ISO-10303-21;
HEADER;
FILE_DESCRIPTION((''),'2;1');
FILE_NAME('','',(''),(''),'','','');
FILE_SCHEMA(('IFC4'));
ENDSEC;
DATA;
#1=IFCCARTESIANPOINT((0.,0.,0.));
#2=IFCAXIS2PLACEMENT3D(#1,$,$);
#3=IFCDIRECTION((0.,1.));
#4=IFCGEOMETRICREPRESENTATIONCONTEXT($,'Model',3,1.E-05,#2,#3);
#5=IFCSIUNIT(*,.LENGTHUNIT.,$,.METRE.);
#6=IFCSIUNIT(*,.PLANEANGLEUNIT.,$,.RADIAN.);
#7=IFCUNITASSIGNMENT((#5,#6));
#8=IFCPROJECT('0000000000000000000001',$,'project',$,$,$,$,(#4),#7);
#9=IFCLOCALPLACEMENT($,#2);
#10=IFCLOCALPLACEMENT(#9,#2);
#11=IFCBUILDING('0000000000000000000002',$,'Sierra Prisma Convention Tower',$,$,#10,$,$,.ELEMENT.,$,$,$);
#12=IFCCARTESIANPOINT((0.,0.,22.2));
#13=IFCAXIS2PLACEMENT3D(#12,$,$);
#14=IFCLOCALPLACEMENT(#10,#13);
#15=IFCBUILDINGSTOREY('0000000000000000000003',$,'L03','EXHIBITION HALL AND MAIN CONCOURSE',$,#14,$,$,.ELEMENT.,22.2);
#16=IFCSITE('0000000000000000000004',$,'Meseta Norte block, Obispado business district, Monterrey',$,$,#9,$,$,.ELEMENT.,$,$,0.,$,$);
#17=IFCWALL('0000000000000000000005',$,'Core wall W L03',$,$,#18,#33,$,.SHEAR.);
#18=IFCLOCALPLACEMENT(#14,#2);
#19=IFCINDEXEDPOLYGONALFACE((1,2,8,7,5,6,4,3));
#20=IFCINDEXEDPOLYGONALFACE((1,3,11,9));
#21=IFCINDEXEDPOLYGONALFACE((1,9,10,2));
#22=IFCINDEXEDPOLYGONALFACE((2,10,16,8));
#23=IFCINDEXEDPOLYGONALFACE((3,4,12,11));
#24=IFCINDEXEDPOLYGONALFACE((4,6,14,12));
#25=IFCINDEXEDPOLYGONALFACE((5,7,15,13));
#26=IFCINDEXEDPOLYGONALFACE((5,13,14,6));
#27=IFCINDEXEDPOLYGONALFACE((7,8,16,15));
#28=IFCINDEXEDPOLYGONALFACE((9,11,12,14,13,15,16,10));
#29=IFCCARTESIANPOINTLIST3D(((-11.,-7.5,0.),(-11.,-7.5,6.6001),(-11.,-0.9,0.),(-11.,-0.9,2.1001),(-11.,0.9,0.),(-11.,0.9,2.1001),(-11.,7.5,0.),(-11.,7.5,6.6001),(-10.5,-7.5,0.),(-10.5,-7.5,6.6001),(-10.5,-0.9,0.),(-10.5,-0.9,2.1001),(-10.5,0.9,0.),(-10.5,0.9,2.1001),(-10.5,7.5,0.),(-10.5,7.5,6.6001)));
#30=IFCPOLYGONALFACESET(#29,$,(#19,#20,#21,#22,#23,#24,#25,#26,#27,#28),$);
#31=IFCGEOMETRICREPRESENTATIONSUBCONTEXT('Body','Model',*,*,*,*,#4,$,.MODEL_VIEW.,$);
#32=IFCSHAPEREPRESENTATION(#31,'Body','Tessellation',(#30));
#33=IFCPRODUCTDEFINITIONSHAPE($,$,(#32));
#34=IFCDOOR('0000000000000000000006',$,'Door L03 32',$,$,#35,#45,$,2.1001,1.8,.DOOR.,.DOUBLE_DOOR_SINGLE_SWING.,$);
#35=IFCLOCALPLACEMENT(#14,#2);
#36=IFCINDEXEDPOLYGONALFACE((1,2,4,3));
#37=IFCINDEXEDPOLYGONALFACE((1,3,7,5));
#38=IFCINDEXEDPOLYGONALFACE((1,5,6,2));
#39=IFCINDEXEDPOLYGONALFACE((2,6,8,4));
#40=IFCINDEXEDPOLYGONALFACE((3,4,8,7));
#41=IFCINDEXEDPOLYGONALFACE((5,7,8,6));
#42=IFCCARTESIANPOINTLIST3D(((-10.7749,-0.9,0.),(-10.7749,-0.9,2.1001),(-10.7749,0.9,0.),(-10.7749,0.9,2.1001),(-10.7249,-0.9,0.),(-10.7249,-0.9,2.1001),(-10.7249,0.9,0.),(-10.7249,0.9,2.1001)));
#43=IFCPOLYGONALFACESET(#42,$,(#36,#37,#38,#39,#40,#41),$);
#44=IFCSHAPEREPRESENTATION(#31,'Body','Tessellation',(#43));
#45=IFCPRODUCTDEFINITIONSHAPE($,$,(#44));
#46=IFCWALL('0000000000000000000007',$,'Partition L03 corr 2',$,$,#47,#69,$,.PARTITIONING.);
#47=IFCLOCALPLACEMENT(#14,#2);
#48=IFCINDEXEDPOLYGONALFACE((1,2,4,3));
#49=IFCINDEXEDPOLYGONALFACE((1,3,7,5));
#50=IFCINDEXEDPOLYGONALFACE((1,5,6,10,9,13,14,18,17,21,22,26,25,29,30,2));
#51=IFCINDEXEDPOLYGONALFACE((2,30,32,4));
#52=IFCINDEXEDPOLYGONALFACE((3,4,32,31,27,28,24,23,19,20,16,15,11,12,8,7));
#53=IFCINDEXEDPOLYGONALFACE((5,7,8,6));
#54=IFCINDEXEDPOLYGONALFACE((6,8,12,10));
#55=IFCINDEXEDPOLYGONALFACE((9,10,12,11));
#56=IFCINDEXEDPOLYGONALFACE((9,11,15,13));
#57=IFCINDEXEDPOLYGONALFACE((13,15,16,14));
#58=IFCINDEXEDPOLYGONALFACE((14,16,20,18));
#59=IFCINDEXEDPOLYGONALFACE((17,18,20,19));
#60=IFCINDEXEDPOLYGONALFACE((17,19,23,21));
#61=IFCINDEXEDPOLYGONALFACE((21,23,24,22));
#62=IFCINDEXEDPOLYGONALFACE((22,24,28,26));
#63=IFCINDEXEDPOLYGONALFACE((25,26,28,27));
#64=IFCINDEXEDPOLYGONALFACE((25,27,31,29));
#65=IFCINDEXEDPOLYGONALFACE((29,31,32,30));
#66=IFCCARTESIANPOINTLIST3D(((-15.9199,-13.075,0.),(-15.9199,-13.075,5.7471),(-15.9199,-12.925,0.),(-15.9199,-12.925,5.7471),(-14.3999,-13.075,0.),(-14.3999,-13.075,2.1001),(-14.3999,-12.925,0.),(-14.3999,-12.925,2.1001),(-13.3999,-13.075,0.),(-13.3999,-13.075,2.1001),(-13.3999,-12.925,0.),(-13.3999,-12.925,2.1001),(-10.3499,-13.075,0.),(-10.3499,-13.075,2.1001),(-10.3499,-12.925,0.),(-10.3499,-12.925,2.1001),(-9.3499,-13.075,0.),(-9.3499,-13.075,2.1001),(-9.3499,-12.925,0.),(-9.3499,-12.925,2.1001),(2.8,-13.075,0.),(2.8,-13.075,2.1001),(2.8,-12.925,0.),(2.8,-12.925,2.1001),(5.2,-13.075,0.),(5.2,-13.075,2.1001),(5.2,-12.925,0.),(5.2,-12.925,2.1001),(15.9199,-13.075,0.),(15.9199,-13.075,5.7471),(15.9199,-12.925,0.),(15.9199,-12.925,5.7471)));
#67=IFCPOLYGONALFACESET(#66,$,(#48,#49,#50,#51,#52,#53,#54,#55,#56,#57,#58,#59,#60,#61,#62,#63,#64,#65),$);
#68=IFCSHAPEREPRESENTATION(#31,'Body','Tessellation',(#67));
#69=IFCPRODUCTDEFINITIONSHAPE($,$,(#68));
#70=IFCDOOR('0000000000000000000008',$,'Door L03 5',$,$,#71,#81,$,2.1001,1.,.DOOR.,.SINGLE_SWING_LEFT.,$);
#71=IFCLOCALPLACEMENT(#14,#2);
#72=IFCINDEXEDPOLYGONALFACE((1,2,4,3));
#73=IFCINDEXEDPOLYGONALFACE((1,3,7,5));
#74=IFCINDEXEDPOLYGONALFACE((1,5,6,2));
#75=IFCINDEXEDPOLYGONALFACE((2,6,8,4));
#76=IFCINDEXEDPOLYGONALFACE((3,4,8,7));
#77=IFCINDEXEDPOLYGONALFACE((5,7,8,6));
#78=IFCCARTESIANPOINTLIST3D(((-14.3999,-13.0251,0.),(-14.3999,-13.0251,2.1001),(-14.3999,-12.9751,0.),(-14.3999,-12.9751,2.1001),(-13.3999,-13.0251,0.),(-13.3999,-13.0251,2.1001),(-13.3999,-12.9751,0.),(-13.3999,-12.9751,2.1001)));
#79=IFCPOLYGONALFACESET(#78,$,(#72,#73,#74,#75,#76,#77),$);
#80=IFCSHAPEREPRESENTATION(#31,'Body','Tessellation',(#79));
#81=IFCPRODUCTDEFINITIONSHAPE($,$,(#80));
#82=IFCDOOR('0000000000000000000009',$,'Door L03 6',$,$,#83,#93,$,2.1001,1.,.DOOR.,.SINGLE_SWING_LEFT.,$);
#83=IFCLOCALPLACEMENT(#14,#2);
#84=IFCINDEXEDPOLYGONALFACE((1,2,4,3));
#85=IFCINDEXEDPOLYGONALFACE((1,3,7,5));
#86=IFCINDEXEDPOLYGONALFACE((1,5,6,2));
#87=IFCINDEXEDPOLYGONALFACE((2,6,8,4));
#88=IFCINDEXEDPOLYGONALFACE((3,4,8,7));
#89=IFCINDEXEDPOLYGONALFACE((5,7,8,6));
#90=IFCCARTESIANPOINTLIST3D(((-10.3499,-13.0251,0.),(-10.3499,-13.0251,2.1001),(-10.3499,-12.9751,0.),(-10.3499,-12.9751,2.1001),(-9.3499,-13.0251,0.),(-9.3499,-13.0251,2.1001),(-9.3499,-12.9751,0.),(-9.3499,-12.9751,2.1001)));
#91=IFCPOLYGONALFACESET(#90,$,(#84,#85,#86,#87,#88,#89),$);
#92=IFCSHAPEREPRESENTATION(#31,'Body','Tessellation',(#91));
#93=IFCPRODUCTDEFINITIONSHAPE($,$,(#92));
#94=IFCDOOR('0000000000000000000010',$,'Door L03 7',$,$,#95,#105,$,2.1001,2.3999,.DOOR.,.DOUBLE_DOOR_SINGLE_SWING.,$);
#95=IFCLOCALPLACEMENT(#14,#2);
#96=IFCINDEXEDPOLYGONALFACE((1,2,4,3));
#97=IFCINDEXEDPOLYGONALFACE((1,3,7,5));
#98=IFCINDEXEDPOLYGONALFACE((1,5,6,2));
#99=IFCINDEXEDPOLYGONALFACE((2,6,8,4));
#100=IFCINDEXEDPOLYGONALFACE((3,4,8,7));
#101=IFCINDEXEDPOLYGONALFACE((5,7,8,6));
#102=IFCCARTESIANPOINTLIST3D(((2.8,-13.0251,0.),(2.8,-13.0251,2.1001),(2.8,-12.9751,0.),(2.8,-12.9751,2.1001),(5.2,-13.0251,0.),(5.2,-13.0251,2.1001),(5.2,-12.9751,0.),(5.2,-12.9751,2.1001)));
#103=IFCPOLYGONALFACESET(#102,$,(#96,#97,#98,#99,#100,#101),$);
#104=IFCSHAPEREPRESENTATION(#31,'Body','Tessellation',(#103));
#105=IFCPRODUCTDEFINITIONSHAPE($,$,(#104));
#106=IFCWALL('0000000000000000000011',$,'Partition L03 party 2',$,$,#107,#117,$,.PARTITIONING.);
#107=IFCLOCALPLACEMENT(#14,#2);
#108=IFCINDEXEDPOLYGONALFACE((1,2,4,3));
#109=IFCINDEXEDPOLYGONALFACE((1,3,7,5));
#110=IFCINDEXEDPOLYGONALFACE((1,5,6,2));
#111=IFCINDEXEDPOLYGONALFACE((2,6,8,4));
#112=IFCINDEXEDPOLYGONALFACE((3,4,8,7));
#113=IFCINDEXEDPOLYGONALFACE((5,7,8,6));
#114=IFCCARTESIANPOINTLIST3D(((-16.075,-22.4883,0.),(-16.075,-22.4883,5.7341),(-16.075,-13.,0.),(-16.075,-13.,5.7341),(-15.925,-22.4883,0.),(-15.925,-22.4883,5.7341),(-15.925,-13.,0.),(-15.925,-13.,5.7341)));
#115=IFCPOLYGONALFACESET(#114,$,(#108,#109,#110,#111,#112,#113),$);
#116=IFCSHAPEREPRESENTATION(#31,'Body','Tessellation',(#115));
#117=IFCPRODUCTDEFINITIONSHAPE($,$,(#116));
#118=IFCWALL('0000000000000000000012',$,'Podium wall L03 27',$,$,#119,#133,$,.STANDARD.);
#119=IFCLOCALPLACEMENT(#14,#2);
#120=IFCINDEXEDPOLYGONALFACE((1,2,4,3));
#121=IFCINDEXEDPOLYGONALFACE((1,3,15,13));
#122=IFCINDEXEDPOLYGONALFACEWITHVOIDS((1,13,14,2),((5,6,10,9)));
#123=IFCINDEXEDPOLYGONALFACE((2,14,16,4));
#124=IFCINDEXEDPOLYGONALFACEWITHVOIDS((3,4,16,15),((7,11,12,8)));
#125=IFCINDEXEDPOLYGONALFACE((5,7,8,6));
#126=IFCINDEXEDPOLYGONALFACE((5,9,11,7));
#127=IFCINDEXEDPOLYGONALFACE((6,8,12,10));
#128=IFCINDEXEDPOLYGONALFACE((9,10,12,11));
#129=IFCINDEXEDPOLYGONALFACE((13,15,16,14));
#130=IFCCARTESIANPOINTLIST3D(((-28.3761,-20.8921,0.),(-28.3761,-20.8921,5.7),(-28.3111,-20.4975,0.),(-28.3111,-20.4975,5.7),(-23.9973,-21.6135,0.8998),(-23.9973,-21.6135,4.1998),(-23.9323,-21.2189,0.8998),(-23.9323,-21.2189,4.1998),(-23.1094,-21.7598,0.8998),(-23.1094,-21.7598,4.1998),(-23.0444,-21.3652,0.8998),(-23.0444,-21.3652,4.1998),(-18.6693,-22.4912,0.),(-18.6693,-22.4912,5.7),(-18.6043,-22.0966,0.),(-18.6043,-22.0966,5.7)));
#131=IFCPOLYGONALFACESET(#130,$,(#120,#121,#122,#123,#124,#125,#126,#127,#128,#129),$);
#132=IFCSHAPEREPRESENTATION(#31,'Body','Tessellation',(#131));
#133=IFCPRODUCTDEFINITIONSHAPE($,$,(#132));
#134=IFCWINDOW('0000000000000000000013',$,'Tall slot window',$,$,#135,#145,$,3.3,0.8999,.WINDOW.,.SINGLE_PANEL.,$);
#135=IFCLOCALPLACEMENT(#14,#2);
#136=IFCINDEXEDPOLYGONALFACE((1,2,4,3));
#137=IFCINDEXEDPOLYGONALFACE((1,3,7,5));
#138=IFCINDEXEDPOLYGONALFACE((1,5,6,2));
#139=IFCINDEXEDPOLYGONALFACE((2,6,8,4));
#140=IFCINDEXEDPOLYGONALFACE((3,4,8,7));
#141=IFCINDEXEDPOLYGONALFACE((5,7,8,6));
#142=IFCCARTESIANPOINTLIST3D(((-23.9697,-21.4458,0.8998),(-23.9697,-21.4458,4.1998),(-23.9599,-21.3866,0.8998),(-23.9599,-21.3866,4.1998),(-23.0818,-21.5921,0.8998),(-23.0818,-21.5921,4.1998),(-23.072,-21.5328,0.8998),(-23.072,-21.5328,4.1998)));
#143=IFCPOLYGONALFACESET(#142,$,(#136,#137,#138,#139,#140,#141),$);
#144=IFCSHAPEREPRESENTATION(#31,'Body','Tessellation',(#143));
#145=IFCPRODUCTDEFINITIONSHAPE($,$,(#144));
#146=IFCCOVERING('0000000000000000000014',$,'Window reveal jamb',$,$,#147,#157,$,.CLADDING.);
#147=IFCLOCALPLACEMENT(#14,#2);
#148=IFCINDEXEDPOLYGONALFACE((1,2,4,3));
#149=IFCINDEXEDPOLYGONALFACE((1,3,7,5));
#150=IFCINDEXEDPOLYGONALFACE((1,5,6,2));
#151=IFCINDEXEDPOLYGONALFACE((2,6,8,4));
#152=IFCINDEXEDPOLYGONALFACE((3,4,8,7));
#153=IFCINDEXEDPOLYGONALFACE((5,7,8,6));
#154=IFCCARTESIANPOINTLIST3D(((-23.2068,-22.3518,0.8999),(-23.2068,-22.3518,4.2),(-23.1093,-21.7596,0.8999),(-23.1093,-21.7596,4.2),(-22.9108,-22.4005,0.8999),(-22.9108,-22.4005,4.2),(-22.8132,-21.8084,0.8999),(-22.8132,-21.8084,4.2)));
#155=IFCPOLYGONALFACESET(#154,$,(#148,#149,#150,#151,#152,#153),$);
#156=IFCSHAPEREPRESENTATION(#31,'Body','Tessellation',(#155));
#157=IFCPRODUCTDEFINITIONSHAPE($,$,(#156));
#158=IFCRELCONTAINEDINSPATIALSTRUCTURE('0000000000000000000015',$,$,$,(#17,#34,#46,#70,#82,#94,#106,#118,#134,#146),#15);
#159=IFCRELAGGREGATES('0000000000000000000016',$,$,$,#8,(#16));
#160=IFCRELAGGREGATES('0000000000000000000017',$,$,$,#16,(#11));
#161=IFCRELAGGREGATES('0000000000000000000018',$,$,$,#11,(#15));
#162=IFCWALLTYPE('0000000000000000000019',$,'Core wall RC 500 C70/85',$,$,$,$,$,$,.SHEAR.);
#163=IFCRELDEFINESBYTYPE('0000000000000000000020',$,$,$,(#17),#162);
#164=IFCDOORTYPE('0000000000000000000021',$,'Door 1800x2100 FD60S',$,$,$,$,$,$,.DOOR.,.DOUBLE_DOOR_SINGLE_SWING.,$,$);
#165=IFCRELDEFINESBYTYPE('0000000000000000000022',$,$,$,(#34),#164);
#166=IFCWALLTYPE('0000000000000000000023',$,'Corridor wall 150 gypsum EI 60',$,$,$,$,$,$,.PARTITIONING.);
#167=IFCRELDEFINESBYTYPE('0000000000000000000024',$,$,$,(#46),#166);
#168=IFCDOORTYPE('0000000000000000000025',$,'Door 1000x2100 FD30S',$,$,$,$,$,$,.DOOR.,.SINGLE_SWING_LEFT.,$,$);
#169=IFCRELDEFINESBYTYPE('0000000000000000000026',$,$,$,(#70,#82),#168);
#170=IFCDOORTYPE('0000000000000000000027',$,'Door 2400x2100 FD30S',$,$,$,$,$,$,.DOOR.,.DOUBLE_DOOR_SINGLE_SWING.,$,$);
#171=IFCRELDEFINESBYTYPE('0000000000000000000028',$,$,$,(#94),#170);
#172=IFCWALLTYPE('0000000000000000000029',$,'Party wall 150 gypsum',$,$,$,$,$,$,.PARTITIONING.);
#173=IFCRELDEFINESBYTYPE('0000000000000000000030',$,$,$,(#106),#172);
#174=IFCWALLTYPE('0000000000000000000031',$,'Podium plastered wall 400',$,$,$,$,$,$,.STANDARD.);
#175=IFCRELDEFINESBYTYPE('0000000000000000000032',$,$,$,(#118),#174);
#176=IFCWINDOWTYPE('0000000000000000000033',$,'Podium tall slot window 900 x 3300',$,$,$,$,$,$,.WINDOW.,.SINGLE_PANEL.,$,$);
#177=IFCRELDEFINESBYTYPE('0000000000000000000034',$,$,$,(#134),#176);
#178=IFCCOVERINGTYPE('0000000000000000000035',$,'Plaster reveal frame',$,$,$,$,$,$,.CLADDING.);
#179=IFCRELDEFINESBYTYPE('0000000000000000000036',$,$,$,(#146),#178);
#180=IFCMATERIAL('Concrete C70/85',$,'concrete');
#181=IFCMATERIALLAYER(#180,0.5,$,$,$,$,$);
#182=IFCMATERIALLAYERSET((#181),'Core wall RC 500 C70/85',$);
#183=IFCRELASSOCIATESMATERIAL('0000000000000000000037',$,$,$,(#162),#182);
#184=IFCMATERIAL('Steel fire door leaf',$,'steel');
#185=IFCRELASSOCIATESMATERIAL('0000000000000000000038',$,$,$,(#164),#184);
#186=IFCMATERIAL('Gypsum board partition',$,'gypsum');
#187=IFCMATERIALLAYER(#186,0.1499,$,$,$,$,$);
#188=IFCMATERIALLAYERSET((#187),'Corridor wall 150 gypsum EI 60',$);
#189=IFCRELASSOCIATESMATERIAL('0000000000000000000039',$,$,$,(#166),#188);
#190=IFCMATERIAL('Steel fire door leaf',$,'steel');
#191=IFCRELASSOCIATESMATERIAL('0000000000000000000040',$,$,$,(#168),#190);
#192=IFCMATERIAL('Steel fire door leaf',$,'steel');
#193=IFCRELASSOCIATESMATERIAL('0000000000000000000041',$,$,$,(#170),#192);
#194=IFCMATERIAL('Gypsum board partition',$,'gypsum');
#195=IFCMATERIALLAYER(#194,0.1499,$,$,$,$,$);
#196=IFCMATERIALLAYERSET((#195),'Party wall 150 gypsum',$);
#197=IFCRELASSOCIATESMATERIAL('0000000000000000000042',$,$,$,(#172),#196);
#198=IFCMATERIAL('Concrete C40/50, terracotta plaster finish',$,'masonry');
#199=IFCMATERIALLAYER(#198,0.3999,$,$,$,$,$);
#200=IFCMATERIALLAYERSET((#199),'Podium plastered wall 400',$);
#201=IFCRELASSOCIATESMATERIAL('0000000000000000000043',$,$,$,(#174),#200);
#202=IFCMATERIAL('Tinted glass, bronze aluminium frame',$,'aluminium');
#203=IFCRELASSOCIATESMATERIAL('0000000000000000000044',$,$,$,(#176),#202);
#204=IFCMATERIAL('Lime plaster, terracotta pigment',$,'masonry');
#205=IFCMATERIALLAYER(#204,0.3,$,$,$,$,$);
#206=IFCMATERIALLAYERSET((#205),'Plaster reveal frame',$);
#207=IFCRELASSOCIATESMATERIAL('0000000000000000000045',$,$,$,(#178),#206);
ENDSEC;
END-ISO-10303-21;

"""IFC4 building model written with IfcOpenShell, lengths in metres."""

from ifc_helpers import new_model, si_unit, direction, frame, frame_2d, origin, origin_2d, place, context, subcontext, project, spatial, rectangle, extrude, material, layer, layer_set, type_object, element, fill, save


model = new_model("IFC4")

# Units and contexts
model_context = context("Model", 3, precision=1e-05, world=origin(), true_north=direction((0.0, 1.0)))
body_context = subcontext(model_context, "Body", "Model", "MODEL_VIEW")
ifc_project = project(units=[si_unit("LENGTHUNIT", "METRE"), si_unit("PLANEANGLEUNIT", "RADIAN")], contexts=[model_context])

# Site, building, storey
site_placement = place(None, origin())
site = spatial("IfcSite", under=ifc_project, at=site_placement, Name="Meseta Norte block, Obispado business district, Monterrey", CompositionType="ELEMENT", RefElevation=0.0)
building_placement = place(site_placement, origin())
building = spatial("IfcBuilding", under=site, at=building_placement, Name="Sierra Prisma Convention Tower", CompositionType="ELEMENT")
storey_placement = place(building_placement, frame((0.0, 0.0, 22.2)))
storey = spatial("IfcBuildingStorey", under=building, at=storey_placement, Name="L03", Description="EXHIBITION HALL AND MAIN CONCOURSE", CompositionType="ELEMENT", Elevation=22.2)

# Wall, opening, door
ifc_material_1 = material(Name="Concrete C70/85", Category="concrete")
ifc_layer_1 = layer(ifc_material_1, 0.5)
ifc_layer_set_1 = layer_set([ifc_layer_1], Name="Core wall RC 500 C70/85")
wall_type_1 = type_object("IfcWallType", Name="Core wall RC 500 C70/85", PredefinedType="SHEAR", material=ifc_layer_set_1)
wall_1_placement = place(storey_placement, frame((-10.75, -7.5, 0.0), z_axis=(0.0, 0.0, 1.0), x_axis=(0.0, 1.0, 0.0)))
wall_1 = element("IfcWall", 1, at=wall_1_placement, inside=storey, type_object=wall_type_1, Name="Core wall W L03", PredefinedType="SHEAR", context=body_context, shape_type="SweptSolid", body=[
    extrude(rectangle(XDim=15.0, YDim=0.5, at=frame_2d((7.5, 0.0))), origin(), (0.0, 0.0, 1.0), 6.6001),
])
opening_1_placement = place(wall_1_placement, frame((6.6001, 0.0, 0.0)))
opening_1 = element("IfcOpeningElement", 2, at=opening_1_placement, cuts=wall_1, PredefinedType="OPENING", context=body_context, shape_type="SweptSolid", body=[
    extrude(rectangle(XDim=1.8, YDim=2.1001, at=frame_2d((0.8999, 1.05))), frame((0.0, 0.25, 0.0), z_axis=(0.0, -1.0, 0.0), x_axis=(1.0, 0.0, 0.0)), (0.0, 0.0, 1.0), 0.5),
])
ifc_material_2 = material(Name="Steel fire door leaf", Category="steel")
door_type_1 = type_object("IfcDoorType", Name="Door 1800x2100 FD60S", OperationType="DOUBLE_DOOR_SINGLE_SWING", PredefinedType="DOOR", material=ifc_material_2)
door_1_placement = place(opening_1_placement, origin())
door_1 = element("IfcDoor", 3, at=door_1_placement, inside=storey, type_object=door_type_1, Name="Door L03 32", OperationType="DOUBLE_DOOR_SINGLE_SWING", OverallHeight=2.1001, OverallWidth=1.8, PredefinedType="DOOR", context=body_context, shape_type="SweptSolid", body=[
    extrude(rectangle(XDim=1.8, YDim=2.1001, at=frame_2d((0.8999, 1.05))), frame((0.0, 0.0249, 0.0), z_axis=(0.0, -1.0, 0.0), x_axis=(1.0, 0.0, 0.0)), (0.0, 0.0, 1.0), 0.05),
])
fill(opening_1, door_1)

# Wall, openings, doors
ifc_material_3 = material(Name="Gypsum board partition", Category="gypsum")
ifc_layer_2 = layer(ifc_material_3, 0.1499)
ifc_layer_set_2 = layer_set([ifc_layer_2], Name="Corridor wall 150 gypsum EI 60")
wall_type_2 = type_object("IfcWallType", Name="Corridor wall 150 gypsum EI 60", PredefinedType="PARTITIONING", material=ifc_layer_set_2)
wall_2_placement = place(storey_placement, frame((-15.9199, -13.0, 0.0), z_axis=(0.0, 0.0, 1.0), x_axis=(1.0, 0.0, 0.0)))
wall_2 = element("IfcWall", 4, at=wall_2_placement, inside=storey, type_object=wall_type_2, Name="Partition L03 corr 2", PredefinedType="PARTITIONING", context=body_context, shape_type="SweptSolid", body=[
    extrude(rectangle(XDim=31.8398, YDim=0.1499, at=frame_2d((15.9199, 0.0))), origin(), (0.0, 0.0, 1.0), 5.7471),
])
opening_2_placement = place(wall_2_placement, frame((1.52, 0.0, 0.0)))
opening_2 = element("IfcOpeningElement", 5, at=opening_2_placement, cuts=wall_2, PredefinedType="OPENING", context=body_context, shape_type="SweptSolid", body=[
    extrude(rectangle(XDim=1.0, YDim=2.1001, at=frame_2d((0.5, 1.05))), frame((0.0, 0.075, 0.0), z_axis=(0.0, -1.0, 0.0), x_axis=(1.0, 0.0, 0.0)), (0.0, 0.0, 1.0), 0.1499),
])
opening_3_placement = place(wall_2_placement, frame((5.5701, 0.0, 0.0)))
opening_3 = element("IfcOpeningElement", 6, at=opening_3_placement, cuts=wall_2, PredefinedType="OPENING", context=body_context, shape_type="SweptSolid", body=[
    extrude(rectangle(XDim=1.0, YDim=2.1001, at=frame_2d((0.5, 1.05))), frame((0.0, 0.075, 0.0), z_axis=(0.0, -1.0, 0.0), x_axis=(1.0, 0.0, 0.0)), (0.0, 0.0, 1.0), 0.1499),
])
opening_4_placement = place(wall_2_placement, frame((18.72, 0.0, 0.0)))
opening_4 = element("IfcOpeningElement", 7, at=opening_4_placement, cuts=wall_2, PredefinedType="OPENING", context=body_context, shape_type="SweptSolid", body=[
    extrude(rectangle(XDim=2.3999, YDim=2.1001, at=frame_2d((1.2, 1.05))), frame((0.0, 0.075, 0.0), z_axis=(0.0, -1.0, 0.0), x_axis=(1.0, 0.0, 0.0)), (0.0, 0.0, 1.0), 0.1499),
])
ifc_material_4 = material(Name="Steel fire door leaf", Category="steel")
door_type_2 = type_object("IfcDoorType", Name="Door 1000x2100 FD30S", OperationType="SINGLE_SWING_LEFT", PredefinedType="DOOR", material=ifc_material_4)
door_2_placement = place(opening_2_placement, origin())
door_2 = element("IfcDoor", 8, at=door_2_placement, inside=storey, type_object=door_type_2, Name="Door L03 5", OperationType="SINGLE_SWING_LEFT", OverallHeight=2.1001, OverallWidth=1.0, PredefinedType="DOOR", context=body_context, shape_type="SweptSolid", body=[
    extrude(rectangle(XDim=1.0, YDim=2.1001, at=frame_2d((0.5, 1.05))), frame((0.0, 0.0249, 0.0), z_axis=(0.0, -1.0, 0.0), x_axis=(1.0, 0.0, 0.0)), (0.0, 0.0, 1.0), 0.05),
])
fill(opening_2, door_2)
door_3_placement = place(opening_3_placement, origin())
door_3 = element("IfcDoor", 9, at=door_3_placement, inside=storey, type_object=door_type_2, Name="Door L03 6", OperationType="SINGLE_SWING_LEFT", OverallHeight=2.1001, OverallWidth=1.0, PredefinedType="DOOR", context=body_context, shape_type="SweptSolid", body=[
    extrude(rectangle(XDim=1.0, YDim=2.1001, at=frame_2d((0.5, 1.05))), frame((0.0, 0.0249, 0.0), z_axis=(0.0, -1.0, 0.0), x_axis=(1.0, 0.0, 0.0)), (0.0, 0.0, 1.0), 0.05),
])
fill(opening_3, door_3)
ifc_material_5 = material(Name="Steel fire door leaf", Category="steel")
door_type_3 = type_object("IfcDoorType", Name="Door 2400x2100 FD30S", OperationType="DOUBLE_DOOR_SINGLE_SWING", PredefinedType="DOOR", material=ifc_material_5)
door_4_placement = place(opening_4_placement, origin())
door_4 = element("IfcDoor", 10, at=door_4_placement, inside=storey, type_object=door_type_3, Name="Door L03 7", OperationType="DOUBLE_DOOR_SINGLE_SWING", OverallHeight=2.1001, OverallWidth=2.3999, PredefinedType="DOOR", context=body_context, shape_type="SweptSolid", body=[
    extrude(rectangle(XDim=2.3999, YDim=2.1001, at=frame_2d((1.2, 1.05))), frame((0.0, 0.0249, 0.0), z_axis=(0.0, -1.0, 0.0), x_axis=(1.0, 0.0, 0.0)), (0.0, 0.0, 1.0), 0.05),
])
fill(opening_4, door_4)

# Wall
ifc_material_6 = material(Name="Gypsum board partition", Category="gypsum")
ifc_layer_3 = layer(ifc_material_6, 0.1499)
ifc_layer_set_3 = layer_set([ifc_layer_3], Name="Party wall 150 gypsum")
wall_type_3 = type_object("IfcWallType", Name="Party wall 150 gypsum", PredefinedType="PARTITIONING", material=ifc_layer_set_3)
wall_3_placement = place(storey_placement, frame((-16.0, -13.0, 0.0), z_axis=(0.0, 0.0, 1.0), x_axis=(0.0, -1.0, 0.0)))
element("IfcWall", 11, at=wall_3_placement, inside=storey, type_object=wall_type_3, Name="Partition L03 party 2", PredefinedType="PARTITIONING", context=body_context, shape_type="SweptSolid", body=[
    extrude(rectangle(XDim=9.4883, YDim=0.1499, at=frame_2d((4.7441, 0.0))), origin(), (0.0, 0.0, 1.0), 5.7341),
])

# Wall, opening, window
ifc_material_7 = material(Name="Concrete C40/50, terracotta plaster finish", Category="masonry")
ifc_layer_4 = layer(ifc_material_7, 0.3999)
ifc_layer_set_4 = layer_set([ifc_layer_4], Name="Podium plastered wall 400")
wall_type_4 = type_object("IfcWallType", Name="Podium plastered wall 400", PredefinedType="STANDARD", material=ifc_layer_set_4)
wall_4_placement = place(storey_placement, frame((-18.6367, -22.2939, 0.0), z_axis=(0.0, 0.0, 1.0), x_axis=(-0.9867, 0.162552, 0.0)))
wall_4 = element("IfcWall", 12, at=wall_4_placement, inside=storey, type_object=wall_type_4, Name="Podium wall L03 27", PredefinedType="STANDARD", context=body_context, shape_type="SweptSolid", body=[
    extrude(rectangle(XDim=9.8376, YDim=0.3999, at=frame_2d((4.9189, 0.0))), origin(), (0.0, 0.0, 1.0), 5.7),
])
opening_5_placement = place(wall_4_placement, frame((4.5, 0.0, 0.8999)))
opening_5 = element("IfcOpeningElement", 13, at=opening_5_placement, cuts=wall_4, PredefinedType="OPENING", context=body_context, shape_type="SweptSolid", body=[
    extrude(rectangle(XDim=0.8999, YDim=3.3, at=frame_2d((0.45, 1.6499))), frame((0.0, 0.2, 0.0), z_axis=(0.0, -1.0, 0.0), x_axis=(1.0, 0.0, 0.0)), (0.0, 0.0, 1.0), 0.3999),
])
ifc_material_8 = material(Name="Tinted glass, bronze aluminium frame", Category="aluminium")
window_type = type_object("IfcWindowType", Name="Podium tall slot window 900 x 3300", PartitioningType="SINGLE_PANEL", PredefinedType="WINDOW", material=ifc_material_8)
window_placement = place(opening_5_placement, origin())
window = element("IfcWindow", 14, at=window_placement, inside=storey, type_object=window_type, Name="Tall slot window", OverallHeight=3.3, OverallWidth=0.8999, PartitioningType="SINGLE_PANEL", PredefinedType="WINDOW", context=body_context, shape_type="SweptSolid", body=[
    extrude(rectangle(XDim=0.8999, YDim=3.3, at=frame_2d((0.45, 1.6499))), frame((0.0, 0.03, 0.0), z_axis=(0.0, -1.0, 0.0), x_axis=(1.0, 0.0, 0.0)), (0.0, 0.0, 1.0), 0.0601),
])
fill(opening_5, window)

# Covering
ifc_material_9 = material(Name="Lime plaster, terracotta pigment", Category="masonry")
ifc_layer_5 = layer(ifc_material_9, 0.3)
ifc_layer_set_5 = layer_set([ifc_layer_5], Name="Plaster reveal frame")
covering_type = type_object("IfcCoveringType", Name="Plaster reveal frame", PredefinedType="CLADDING", material=ifc_layer_set_5)
for number, where, z_axis, x_axis, name in (
    (15, (-23.01, -22.0801, 0.8999), (0.0, 0.0, 1.0), (-0.986702, 0.162541, 0.0), "Window reveal jamb"),
):
    element("IfcCovering", number, at=place(storey_placement, frame(where, z_axis=z_axis, x_axis=x_axis)), inside=storey, type_object=covering_type, Name=name, PredefinedType="CLADDING", context=body_context, shape_type="SweptSolid", body=[
        extrude(rectangle(XDim=0.3, YDim=0.6001, at=origin_2d()), origin(), (0.0, 0.0, 1.0), 3.3),
    ])

save(model, "model.ifc")
